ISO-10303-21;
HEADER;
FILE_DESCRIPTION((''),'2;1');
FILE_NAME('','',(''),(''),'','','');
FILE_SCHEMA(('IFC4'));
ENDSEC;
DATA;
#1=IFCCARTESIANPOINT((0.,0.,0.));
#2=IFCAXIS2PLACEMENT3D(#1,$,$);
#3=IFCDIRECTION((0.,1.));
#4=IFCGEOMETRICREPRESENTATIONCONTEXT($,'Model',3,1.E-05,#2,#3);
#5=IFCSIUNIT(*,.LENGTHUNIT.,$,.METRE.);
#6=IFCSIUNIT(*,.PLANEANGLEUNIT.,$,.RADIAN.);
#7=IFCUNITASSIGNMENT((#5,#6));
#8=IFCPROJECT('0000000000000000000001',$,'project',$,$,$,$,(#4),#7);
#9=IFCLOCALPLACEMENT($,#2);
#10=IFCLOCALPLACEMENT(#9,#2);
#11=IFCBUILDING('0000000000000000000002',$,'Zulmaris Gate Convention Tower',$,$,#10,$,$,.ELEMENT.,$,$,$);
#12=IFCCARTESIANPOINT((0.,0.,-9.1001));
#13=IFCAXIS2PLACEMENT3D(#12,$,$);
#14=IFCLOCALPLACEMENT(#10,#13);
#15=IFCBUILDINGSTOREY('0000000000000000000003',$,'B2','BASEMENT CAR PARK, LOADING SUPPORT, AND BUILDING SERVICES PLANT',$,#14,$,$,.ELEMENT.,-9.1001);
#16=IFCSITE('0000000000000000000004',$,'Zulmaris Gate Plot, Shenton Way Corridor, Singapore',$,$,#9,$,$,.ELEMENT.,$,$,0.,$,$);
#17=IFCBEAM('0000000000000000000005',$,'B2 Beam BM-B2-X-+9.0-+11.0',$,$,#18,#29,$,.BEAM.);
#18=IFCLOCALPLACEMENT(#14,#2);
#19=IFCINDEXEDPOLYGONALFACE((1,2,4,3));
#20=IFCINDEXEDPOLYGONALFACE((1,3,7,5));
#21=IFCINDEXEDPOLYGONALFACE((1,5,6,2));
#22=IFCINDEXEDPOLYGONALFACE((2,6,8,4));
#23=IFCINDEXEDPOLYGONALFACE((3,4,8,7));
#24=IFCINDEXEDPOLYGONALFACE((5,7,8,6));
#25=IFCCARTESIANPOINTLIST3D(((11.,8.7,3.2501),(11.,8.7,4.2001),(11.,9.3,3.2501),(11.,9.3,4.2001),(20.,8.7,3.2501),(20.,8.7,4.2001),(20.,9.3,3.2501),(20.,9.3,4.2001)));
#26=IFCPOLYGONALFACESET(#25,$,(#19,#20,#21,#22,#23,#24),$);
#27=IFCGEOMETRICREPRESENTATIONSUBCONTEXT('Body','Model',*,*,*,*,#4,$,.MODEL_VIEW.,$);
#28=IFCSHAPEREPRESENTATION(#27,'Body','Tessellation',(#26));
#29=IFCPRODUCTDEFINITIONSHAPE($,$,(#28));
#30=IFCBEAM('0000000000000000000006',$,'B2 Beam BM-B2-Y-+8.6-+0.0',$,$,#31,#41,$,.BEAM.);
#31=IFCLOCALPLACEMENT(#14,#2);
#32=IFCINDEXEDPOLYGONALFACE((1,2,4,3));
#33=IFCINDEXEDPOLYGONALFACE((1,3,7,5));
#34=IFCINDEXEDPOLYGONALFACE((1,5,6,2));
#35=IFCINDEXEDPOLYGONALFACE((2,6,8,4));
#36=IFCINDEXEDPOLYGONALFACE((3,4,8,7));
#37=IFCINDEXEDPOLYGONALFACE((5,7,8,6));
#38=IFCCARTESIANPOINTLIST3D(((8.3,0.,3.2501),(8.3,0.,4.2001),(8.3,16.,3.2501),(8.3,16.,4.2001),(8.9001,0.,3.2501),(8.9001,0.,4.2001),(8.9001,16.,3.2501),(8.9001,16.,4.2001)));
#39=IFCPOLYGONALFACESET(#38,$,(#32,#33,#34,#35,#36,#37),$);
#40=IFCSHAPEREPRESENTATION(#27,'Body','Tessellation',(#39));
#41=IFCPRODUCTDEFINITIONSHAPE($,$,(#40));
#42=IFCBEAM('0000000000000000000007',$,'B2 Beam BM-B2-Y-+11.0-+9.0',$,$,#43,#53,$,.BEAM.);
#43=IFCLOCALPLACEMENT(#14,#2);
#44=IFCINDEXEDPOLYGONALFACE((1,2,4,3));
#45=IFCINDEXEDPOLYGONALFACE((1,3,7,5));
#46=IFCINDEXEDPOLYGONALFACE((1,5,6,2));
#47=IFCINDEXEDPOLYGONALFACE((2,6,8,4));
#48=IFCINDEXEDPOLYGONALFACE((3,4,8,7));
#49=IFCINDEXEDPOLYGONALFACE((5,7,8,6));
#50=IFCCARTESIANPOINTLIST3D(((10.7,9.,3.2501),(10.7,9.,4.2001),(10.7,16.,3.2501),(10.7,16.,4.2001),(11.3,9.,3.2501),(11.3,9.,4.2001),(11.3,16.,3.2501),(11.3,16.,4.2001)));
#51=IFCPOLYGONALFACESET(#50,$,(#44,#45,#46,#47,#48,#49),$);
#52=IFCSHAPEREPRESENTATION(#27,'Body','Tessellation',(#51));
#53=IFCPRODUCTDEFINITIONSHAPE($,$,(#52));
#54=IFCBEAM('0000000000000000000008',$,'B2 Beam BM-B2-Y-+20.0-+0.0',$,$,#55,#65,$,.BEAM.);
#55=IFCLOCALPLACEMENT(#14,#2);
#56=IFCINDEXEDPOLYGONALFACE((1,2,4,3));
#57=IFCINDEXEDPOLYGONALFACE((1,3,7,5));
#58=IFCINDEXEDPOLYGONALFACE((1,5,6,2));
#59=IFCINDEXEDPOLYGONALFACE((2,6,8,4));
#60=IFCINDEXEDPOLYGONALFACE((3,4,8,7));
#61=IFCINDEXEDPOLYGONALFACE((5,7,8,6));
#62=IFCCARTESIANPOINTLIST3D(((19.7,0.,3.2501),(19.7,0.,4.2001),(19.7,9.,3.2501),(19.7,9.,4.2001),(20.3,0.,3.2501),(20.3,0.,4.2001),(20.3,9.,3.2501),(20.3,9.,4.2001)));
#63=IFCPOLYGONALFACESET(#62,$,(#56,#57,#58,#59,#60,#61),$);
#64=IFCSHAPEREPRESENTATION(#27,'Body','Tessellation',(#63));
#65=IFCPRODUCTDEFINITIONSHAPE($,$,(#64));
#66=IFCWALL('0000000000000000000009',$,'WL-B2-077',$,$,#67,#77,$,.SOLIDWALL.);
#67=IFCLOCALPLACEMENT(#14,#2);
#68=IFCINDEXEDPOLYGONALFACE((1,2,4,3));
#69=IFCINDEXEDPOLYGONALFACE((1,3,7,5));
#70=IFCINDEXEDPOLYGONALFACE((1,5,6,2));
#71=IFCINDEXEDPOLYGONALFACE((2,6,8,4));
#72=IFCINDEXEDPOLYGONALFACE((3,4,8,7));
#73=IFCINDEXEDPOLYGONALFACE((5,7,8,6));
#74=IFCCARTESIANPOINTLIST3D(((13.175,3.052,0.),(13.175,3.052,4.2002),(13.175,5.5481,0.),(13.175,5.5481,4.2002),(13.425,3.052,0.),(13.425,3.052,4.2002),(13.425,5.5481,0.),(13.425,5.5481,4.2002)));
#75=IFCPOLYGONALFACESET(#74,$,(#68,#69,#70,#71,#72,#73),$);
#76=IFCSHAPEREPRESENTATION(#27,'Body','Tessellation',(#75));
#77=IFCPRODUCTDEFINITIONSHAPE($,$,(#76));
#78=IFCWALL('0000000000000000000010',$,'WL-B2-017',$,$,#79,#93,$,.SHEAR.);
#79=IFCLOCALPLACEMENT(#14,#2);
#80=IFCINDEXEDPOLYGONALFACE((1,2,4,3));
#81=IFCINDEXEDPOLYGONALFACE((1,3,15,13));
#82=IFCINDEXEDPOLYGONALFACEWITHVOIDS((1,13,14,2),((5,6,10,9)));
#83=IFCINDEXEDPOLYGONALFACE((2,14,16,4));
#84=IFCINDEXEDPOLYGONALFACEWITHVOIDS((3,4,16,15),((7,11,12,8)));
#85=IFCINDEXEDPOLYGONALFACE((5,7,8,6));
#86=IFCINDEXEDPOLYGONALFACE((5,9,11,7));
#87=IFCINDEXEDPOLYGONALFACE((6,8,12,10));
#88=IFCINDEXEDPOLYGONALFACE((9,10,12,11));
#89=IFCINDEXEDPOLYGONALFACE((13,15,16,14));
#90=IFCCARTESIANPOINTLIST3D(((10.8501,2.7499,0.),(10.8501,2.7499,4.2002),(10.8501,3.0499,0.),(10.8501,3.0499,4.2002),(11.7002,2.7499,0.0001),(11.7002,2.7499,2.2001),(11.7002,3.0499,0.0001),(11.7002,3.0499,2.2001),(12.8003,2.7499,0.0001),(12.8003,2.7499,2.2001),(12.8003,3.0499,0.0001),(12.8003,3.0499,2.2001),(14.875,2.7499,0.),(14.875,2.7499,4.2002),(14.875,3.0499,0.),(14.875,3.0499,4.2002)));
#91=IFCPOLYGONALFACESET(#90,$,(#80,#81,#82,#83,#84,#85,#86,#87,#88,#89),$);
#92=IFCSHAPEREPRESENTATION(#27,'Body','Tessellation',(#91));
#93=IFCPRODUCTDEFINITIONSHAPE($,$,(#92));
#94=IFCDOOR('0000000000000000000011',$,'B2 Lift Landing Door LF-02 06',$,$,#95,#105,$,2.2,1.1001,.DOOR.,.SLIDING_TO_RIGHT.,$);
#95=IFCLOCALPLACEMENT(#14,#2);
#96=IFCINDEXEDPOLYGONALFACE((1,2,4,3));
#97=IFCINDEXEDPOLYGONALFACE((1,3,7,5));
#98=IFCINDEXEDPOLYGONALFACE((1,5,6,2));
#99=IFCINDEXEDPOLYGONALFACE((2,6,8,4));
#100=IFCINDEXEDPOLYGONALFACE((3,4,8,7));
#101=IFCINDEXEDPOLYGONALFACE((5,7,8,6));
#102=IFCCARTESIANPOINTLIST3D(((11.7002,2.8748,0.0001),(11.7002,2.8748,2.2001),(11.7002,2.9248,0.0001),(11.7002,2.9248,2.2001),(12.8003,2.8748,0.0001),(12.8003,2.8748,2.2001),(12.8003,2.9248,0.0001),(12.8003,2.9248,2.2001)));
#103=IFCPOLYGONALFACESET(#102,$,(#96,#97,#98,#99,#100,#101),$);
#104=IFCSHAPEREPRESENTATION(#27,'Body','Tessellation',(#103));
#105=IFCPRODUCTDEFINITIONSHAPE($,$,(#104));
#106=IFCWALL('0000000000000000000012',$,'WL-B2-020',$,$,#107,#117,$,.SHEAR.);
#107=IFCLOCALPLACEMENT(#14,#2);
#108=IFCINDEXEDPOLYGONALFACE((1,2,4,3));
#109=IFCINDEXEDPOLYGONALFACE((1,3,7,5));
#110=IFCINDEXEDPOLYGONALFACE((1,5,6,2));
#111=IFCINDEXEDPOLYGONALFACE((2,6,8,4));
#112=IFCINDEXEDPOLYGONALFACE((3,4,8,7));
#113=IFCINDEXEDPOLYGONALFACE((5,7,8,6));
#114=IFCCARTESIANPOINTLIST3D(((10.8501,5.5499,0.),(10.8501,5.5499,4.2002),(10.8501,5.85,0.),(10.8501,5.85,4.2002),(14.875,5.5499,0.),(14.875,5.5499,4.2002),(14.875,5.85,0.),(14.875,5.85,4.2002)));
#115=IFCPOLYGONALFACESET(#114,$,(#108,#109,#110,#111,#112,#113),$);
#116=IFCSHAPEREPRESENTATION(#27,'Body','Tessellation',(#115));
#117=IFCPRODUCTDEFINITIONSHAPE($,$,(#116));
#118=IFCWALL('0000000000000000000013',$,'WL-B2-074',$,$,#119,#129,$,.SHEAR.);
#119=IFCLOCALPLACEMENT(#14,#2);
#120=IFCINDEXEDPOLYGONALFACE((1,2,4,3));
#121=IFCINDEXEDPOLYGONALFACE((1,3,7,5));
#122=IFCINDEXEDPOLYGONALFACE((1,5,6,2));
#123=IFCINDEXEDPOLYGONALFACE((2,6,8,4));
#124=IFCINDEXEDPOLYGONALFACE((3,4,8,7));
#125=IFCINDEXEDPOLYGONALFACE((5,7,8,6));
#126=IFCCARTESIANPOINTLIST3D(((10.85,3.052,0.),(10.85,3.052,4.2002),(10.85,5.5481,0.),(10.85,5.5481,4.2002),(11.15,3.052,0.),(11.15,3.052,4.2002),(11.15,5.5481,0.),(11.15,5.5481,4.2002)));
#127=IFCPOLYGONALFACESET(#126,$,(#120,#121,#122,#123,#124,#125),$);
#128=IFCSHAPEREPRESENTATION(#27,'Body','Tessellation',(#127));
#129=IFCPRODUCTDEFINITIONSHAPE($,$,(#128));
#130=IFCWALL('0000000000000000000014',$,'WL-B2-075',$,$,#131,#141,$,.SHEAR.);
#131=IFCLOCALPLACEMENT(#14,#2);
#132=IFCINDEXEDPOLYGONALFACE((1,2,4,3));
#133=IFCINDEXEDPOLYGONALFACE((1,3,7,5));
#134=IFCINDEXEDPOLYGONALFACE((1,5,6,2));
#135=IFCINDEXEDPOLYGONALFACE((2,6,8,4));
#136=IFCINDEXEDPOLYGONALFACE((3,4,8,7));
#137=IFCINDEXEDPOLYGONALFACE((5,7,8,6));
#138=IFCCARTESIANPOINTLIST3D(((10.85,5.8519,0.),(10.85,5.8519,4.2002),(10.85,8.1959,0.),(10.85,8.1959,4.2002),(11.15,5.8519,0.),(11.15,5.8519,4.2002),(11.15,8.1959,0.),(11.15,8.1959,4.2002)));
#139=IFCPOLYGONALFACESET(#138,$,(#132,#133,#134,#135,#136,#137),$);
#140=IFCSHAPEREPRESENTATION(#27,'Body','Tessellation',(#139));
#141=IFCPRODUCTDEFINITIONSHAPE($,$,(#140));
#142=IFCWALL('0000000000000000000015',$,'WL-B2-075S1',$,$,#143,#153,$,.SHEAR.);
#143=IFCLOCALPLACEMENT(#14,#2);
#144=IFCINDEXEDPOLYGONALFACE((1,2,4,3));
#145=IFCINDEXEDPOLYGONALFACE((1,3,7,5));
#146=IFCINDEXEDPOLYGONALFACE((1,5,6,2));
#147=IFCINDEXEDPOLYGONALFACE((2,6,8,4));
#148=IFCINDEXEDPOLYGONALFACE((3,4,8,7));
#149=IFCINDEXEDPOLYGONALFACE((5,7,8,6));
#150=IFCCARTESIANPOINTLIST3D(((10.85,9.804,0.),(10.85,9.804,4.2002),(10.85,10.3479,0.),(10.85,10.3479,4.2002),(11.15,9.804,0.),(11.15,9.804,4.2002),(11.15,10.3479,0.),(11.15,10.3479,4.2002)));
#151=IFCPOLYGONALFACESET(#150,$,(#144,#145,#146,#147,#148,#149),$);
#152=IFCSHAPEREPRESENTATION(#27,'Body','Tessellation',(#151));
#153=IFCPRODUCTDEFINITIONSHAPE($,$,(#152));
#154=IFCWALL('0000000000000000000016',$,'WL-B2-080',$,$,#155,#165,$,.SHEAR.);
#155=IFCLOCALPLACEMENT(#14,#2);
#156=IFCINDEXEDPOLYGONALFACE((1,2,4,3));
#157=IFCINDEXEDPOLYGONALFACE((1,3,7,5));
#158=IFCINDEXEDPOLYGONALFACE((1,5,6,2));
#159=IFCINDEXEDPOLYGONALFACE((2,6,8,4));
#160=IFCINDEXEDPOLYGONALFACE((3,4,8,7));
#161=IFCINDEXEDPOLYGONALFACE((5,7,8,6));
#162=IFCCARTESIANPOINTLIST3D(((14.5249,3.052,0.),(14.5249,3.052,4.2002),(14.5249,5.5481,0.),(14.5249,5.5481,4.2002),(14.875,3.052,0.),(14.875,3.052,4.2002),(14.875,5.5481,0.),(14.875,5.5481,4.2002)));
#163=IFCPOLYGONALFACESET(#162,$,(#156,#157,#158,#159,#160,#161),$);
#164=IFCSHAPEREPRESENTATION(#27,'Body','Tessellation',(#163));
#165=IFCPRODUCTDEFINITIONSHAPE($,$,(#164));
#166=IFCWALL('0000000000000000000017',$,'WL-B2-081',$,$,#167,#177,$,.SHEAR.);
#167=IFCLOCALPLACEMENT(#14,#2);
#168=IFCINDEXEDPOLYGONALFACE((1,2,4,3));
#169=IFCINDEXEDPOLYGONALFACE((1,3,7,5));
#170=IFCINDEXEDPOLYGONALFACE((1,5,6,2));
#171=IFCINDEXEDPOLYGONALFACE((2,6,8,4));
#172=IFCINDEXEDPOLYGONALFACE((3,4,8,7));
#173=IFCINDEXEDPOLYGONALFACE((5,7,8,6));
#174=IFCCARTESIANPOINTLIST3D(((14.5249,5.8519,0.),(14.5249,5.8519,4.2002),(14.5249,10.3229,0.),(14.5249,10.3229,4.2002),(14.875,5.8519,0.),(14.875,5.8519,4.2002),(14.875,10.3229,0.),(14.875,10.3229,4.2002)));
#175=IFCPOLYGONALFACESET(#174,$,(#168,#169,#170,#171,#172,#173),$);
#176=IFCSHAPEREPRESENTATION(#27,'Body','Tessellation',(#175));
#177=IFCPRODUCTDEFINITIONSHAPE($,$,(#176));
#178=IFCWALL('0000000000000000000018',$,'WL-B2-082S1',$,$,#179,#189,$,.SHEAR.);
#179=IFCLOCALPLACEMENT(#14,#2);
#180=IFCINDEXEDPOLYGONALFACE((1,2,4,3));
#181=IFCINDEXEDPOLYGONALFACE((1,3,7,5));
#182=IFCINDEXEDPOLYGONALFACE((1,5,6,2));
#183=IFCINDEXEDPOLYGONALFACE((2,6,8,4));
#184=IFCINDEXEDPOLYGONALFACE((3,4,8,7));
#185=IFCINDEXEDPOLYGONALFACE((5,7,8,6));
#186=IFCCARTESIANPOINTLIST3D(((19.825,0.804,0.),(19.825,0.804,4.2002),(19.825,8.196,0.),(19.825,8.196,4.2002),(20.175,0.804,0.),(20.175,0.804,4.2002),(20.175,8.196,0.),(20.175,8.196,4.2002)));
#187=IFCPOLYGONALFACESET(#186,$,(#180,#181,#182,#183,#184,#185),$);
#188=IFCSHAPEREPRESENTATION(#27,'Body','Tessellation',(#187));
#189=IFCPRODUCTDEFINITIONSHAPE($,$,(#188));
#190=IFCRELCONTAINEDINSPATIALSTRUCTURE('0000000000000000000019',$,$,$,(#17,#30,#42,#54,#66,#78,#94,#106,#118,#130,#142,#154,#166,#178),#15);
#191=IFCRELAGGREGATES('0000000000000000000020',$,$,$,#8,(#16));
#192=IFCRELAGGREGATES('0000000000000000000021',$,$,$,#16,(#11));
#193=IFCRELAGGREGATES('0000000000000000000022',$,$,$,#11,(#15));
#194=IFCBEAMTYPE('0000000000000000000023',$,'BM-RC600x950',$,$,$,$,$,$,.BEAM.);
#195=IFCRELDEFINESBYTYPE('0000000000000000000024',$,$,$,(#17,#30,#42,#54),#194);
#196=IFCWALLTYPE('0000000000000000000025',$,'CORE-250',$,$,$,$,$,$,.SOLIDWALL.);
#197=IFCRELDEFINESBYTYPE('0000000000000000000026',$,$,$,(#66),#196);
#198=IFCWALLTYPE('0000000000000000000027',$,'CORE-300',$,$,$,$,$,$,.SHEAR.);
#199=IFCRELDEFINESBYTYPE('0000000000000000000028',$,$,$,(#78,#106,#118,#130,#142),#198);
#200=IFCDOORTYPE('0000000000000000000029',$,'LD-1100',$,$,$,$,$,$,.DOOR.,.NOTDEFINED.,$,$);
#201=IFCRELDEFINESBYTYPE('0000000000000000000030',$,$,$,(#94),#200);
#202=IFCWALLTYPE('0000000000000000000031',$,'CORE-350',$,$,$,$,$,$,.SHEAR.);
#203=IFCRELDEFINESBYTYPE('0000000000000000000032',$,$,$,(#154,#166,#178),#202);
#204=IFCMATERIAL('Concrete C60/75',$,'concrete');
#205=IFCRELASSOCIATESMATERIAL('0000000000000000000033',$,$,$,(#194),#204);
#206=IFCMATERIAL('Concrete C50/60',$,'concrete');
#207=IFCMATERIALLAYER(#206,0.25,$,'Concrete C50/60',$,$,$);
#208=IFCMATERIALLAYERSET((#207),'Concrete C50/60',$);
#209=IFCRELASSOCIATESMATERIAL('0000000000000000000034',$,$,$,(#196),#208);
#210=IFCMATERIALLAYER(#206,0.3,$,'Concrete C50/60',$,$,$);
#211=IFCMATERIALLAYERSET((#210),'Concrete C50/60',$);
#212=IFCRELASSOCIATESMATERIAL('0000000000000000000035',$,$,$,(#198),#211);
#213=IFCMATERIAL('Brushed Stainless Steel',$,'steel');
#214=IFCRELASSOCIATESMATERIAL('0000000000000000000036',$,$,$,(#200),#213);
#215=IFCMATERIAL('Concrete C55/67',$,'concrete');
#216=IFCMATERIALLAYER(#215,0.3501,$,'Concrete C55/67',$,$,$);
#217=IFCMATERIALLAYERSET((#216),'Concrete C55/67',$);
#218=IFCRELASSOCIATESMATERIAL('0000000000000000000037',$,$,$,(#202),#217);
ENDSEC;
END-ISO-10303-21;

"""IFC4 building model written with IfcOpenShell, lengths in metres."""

from ifc_helpers import new_model, si_unit, direction, frame, frame_2d, origin, origin_2d, place, context, subcontext, project, spatial, rectangle, extrude, material, layer, layer_set, material_profile, profile_set, type_object, element, fill, save


model = new_model("IFC4")

# Units and contexts
model_context = context("Model", 3, precision=1e-05, world=origin(), true_north=direction((0.0, 1.0)))
body_context = subcontext(model_context, "Body", "Model", "MODEL_VIEW")
ifc_project = project(units=[si_unit("LENGTHUNIT", "METRE"), si_unit("PLANEANGLEUNIT", "RADIAN")], contexts=[model_context])

# Site, building, storey
site_placement = place(None, origin())
site = spatial("IfcSite", under=ifc_project, at=site_placement, Name="Zulmaris Gate Plot, Shenton Way Corridor, Singapore", CompositionType="ELEMENT", RefElevation=0.0)
building_placement = place(site_placement, origin())
building = spatial("IfcBuilding", under=site, at=building_placement, Name="Zulmaris Gate Convention Tower", CompositionType="ELEMENT")
storey_placement = place(building_placement, frame((0.0, 0.0, -9.1001)))
storey = spatial("IfcBuildingStorey", under=building, at=storey_placement, Name="B2", Description="BASEMENT CAR PARK, LOADING SUPPORT, AND BUILDING SERVICES PLANT", CompositionType="ELEMENT", Elevation=-9.1001)

# Shared definitions
ifc_material_1 = material(Name="Concrete C50/60", Category="concrete")

# Beams
ifc_material_2 = material(Name="Concrete C60/75", Category="concrete")
ifc_material_profile_1 = material_profile(ifc_material_2, rectangle(XDim=0.6001, YDim=0.95, at=origin_2d()), Name="RC BEAM 600x950")
ifc_profile_set_1 = profile_set([ifc_material_profile_1], Name="Concrete C60/75")
beam_type = type_object("IfcBeamType", Name="BM-RC600x950", PredefinedType="BEAM", material=ifc_profile_set_1)
beam_1_placement = place(storey_placement, frame((11.0, 9.0, 3.7251), z_axis=(1.0, 0.0, 0.0), x_axis=(0.0, 1.0, 0.0)))
element("IfcBeam", 1, at=beam_1_placement, inside=storey, type_object=beam_type, Name="B2 Beam BM-B2-X-+9.0-+11.0", PredefinedType="BEAM", context=body_context, shape_type="SweptSolid", body=[
    extrude(rectangle(XDim=0.6001, YDim=0.95, at=origin_2d()), origin(), (0.0, 0.0, 1.0), 9.0),
])
beam_2_placement = place(storey_placement, frame((8.6001, 0.0, 3.7251), z_axis=(0.0, 1.0, 0.0), x_axis=(-1.0, 0.0, 0.0)))
element("IfcBeam", 2, at=beam_2_placement, inside=storey, type_object=beam_type, Name="B2 Beam BM-B2-Y-+8.6-+0.0", PredefinedType="BEAM", context=body_context, shape_type="SweptSolid", body=[
    extrude(rectangle(XDim=0.6001, YDim=0.95, at=origin_2d()), origin(), (0.0, 0.0, 1.0), 16.0),
])
beam_3_placement = place(storey_placement, frame((11.0, 9.0, 3.7251), z_axis=(0.0, 1.0, 0.0), x_axis=(-1.0, 0.0, 0.0)))
element("IfcBeam", 3, at=beam_3_placement, inside=storey, type_object=beam_type, Name="B2 Beam BM-B2-Y-+11.0-+9.0", PredefinedType="BEAM", context=body_context, shape_type="SweptSolid", body=[
    extrude(rectangle(XDim=0.6001, YDim=0.95, at=origin_2d()), origin(), (0.0, 0.0, 1.0), 7.0),
])
beam_4_placement = place(storey_placement, frame((20.0, 0.0, 3.7251), z_axis=(0.0, 1.0, 0.0), x_axis=(-1.0, 0.0, 0.0)))
element("IfcBeam", 4, at=beam_4_placement, inside=storey, type_object=beam_type, Name="B2 Beam BM-B2-Y-+20.0-+0.0", PredefinedType="BEAM", context=body_context, shape_type="SweptSolid", body=[
    extrude(rectangle(XDim=0.6001, YDim=0.95, at=origin_2d()), origin(), (0.0, 0.0, 1.0), 9.0),
])

# Wall
ifc_layer_1 = layer(ifc_material_1, 0.25, Name="Concrete C50/60")
ifc_layer_set_1 = layer_set([ifc_layer_1], Name="Concrete C50/60")
wall_type_1 = type_object("IfcWallType", Name="CORE-250", PredefinedType="SOLIDWALL", material=ifc_layer_set_1)
wall_1_placement = place(storey_placement, frame((13.3, 3.052, 0.0), z_axis=(0.0, 0.0, 1.0), x_axis=(0.0, 1.0, 0.0)))
element("IfcWall", 5, at=wall_1_placement, inside=storey, type_object=wall_type_1, Name="WL-B2-077", PredefinedType="SOLIDWALL", context=body_context, shape_type="SweptSolid", body=[
    extrude(rectangle(XDim=2.4961, YDim=0.25, at=frame_2d((1.248, 0.0))), origin(), (0.0, 0.0, 1.0), 4.2002),
])

# Wall, opening, door
ifc_layer_2 = layer(ifc_material_1, 0.3, Name="Concrete C50/60")
ifc_layer_set_2 = layer_set([ifc_layer_2], Name="Concrete C50/60")
wall_type_2 = type_object("IfcWallType", Name="CORE-300", PredefinedType="SHEAR", material=ifc_layer_set_2)
wall_2_placement = place(storey_placement, frame((10.8501, 2.8999, 0.0), z_axis=(0.0, 0.0, 1.0), x_axis=(1.0, 0.0, 0.0)))
wall_2 = element("IfcWall", 6, at=wall_2_placement, inside=storey, type_object=wall_type_2, Name="WL-B2-017", PredefinedType="SHEAR", context=body_context, shape_type="SweptSolid", body=[
    extrude(rectangle(XDim=4.0249, YDim=0.3, at=frame_2d((2.0125, 0.0))), origin(), (0.0, 0.0, 1.0), 4.2002),
])
opening_1_placement = place(wall_2_placement, frame((0.8501, 0.0, 0.0)))
opening_1 = element("IfcOpeningElement", 7, at=opening_1_placement, cuts=wall_2, PredefinedType="OPENING", context=body_context, shape_type="SweptSolid", body=[
    extrude(rectangle(XDim=1.1001, YDim=2.2, at=frame_2d((0.55, 1.1001))), frame((0.0, 0.1602, 0.0), z_axis=(0.0, -1.0, 0.0), x_axis=(1.0, 0.0, 0.0)), (0.0, 0.0, 1.0), 0.3201),
])
ifc_material_3 = material(Name="Brushed Stainless Steel", Category="steel")
door_type_1 = type_object("IfcDoorType", Name="LD-1100", OperationType="NOTDEFINED", PredefinedType="DOOR", material=ifc_material_3)
door_1_placement = place(opening_1_placement, origin())
door_1 = element("IfcDoor", 8, at=door_1_placement, inside=storey, type_object=door_type_1, Name="B2 Lift Landing Door LF-02 06", OperationType="SLIDING_TO_RIGHT", OverallHeight=2.2, OverallWidth=1.1001, PredefinedType="DOOR", context=body_context, shape_type="SweptSolid", body=[
    extrude(rectangle(XDim=1.1001, YDim=2.2, at=frame_2d((0.55, 1.1001))), frame((0.0, 0.0249, 0.0), z_axis=(0.0, -1.0, 0.0), x_axis=(1.0, 0.0, 0.0)), (0.0, 0.0, 1.0), 0.05),
])
fill(opening_1, door_1)

# Wall
wall_3_placement = place(storey_placement, frame((10.8501, 5.7, 0.0), z_axis=(0.0, 0.0, 1.0), x_axis=(1.0, 0.0, 0.0)))
element("IfcWall", 9, at=wall_3_placement, inside=storey, type_object=wall_type_2, Name="WL-B2-020", PredefinedType="SHEAR", context=body_context, shape_type="SweptSolid", body=[
    extrude(rectangle(XDim=4.0249, YDim=0.3, at=frame_2d((2.0125, 0.0))), origin(), (0.0, 0.0, 1.0), 4.2002),
])

# Walls
wall_4_placement = place(storey_placement, frame((11.0, 3.052, 0.0), z_axis=(0.0, 0.0, 1.0), x_axis=(0.0, 1.0, 0.0)))
element("IfcWall", 10, at=wall_4_placement, inside=storey, type_object=wall_type_2, Name="WL-B2-074", PredefinedType="SHEAR", context=body_context, shape_type="SweptSolid", body=[
    extrude(rectangle(XDim=2.4961, YDim=0.3, at=frame_2d((1.248, 0.0))), origin(), (0.0, 0.0, 1.0), 4.2002),
])
wall_5_placement = place(storey_placement, frame((11.0, 5.8521, 0.0), z_axis=(0.0, 0.0, 1.0), x_axis=(0.0, 1.0, 0.0)))
element("IfcWall", 11, at=wall_5_placement, inside=storey, type_object=wall_type_2, Name="WL-B2-075", PredefinedType="SHEAR", context=body_context, shape_type="SweptSolid", body=[
    extrude(rectangle(XDim=2.344, YDim=0.3, at=frame_2d((1.1719, 0.0))), origin(), (0.0, 0.0, 1.0), 4.2002),
])
wall_6_placement = place(storey_placement, frame((11.0, 9.804, 0.0), z_axis=(0.0, 0.0, 1.0), x_axis=(0.0, 1.0, 0.0)))
element("IfcWall", 12, at=wall_6_placement, inside=storey, type_object=wall_type_2, Name="WL-B2-075S1", PredefinedType="SHEAR", context=body_context, shape_type="SweptSolid", body=[
    extrude(rectangle(XDim=0.5439, YDim=0.3, at=frame_2d((0.272, 0.0))), origin(), (0.0, 0.0, 1.0), 4.2002),
])
ifc_material_4 = material(Name="Concrete C55/67", Category="concrete")
ifc_layer_3 = layer(ifc_material_4, 0.3501, Name="Concrete C55/67")
ifc_layer_set_3 = layer_set([ifc_layer_3], Name="Concrete C55/67")
wall_type_3 = type_object("IfcWallType", Name="CORE-350", PredefinedType="SHEAR", material=ifc_layer_set_3)
wall_7_placement = place(storey_placement, frame((14.7, 3.052, 0.0), z_axis=(0.0, 0.0, 1.0), x_axis=(0.0, 1.0, 0.0)))
element("IfcWall", 13, at=wall_7_placement, inside=storey, type_object=wall_type_3, Name="WL-B2-080", PredefinedType="SHEAR", context=body_context, shape_type="SweptSolid", body=[
    extrude(rectangle(XDim=2.4961, YDim=0.3501, at=frame_2d((1.248, 0.0))), origin(), (0.0, 0.0, 1.0), 4.2002),
])
wall_8_placement = place(storey_placement, frame((14.7, 5.8521, 0.0), z_axis=(0.0, 0.0, 1.0), x_axis=(0.0, 1.0, 0.0)))
element("IfcWall", 14, at=wall_8_placement, inside=storey, type_object=wall_type_3, Name="WL-B2-081", PredefinedType="SHEAR", context=body_context, shape_type="SweptSolid", body=[
    extrude(rectangle(XDim=4.4709, YDim=0.3501, at=frame_2d((2.2354, 0.0))), origin(), (0.0, 0.0, 1.0), 4.2002),
])
wall_9_placement = place(storey_placement, frame((20.0, 0.804, 0.0), z_axis=(0.0, 0.0, 1.0), x_axis=(0.0, 1.0, 0.0)))
element("IfcWall", 15, at=wall_9_placement, inside=storey, type_object=wall_type_3, Name="WL-B2-082S1", PredefinedType="SHEAR", context=body_context, shape_type="SweptSolid", body=[
    extrude(rectangle(XDim=7.3921, YDim=0.3501, at=frame_2d((3.696, 0.0))), origin(), (0.0, 0.0, 1.0), 4.2002),
])

save(model, "model.ifc")
